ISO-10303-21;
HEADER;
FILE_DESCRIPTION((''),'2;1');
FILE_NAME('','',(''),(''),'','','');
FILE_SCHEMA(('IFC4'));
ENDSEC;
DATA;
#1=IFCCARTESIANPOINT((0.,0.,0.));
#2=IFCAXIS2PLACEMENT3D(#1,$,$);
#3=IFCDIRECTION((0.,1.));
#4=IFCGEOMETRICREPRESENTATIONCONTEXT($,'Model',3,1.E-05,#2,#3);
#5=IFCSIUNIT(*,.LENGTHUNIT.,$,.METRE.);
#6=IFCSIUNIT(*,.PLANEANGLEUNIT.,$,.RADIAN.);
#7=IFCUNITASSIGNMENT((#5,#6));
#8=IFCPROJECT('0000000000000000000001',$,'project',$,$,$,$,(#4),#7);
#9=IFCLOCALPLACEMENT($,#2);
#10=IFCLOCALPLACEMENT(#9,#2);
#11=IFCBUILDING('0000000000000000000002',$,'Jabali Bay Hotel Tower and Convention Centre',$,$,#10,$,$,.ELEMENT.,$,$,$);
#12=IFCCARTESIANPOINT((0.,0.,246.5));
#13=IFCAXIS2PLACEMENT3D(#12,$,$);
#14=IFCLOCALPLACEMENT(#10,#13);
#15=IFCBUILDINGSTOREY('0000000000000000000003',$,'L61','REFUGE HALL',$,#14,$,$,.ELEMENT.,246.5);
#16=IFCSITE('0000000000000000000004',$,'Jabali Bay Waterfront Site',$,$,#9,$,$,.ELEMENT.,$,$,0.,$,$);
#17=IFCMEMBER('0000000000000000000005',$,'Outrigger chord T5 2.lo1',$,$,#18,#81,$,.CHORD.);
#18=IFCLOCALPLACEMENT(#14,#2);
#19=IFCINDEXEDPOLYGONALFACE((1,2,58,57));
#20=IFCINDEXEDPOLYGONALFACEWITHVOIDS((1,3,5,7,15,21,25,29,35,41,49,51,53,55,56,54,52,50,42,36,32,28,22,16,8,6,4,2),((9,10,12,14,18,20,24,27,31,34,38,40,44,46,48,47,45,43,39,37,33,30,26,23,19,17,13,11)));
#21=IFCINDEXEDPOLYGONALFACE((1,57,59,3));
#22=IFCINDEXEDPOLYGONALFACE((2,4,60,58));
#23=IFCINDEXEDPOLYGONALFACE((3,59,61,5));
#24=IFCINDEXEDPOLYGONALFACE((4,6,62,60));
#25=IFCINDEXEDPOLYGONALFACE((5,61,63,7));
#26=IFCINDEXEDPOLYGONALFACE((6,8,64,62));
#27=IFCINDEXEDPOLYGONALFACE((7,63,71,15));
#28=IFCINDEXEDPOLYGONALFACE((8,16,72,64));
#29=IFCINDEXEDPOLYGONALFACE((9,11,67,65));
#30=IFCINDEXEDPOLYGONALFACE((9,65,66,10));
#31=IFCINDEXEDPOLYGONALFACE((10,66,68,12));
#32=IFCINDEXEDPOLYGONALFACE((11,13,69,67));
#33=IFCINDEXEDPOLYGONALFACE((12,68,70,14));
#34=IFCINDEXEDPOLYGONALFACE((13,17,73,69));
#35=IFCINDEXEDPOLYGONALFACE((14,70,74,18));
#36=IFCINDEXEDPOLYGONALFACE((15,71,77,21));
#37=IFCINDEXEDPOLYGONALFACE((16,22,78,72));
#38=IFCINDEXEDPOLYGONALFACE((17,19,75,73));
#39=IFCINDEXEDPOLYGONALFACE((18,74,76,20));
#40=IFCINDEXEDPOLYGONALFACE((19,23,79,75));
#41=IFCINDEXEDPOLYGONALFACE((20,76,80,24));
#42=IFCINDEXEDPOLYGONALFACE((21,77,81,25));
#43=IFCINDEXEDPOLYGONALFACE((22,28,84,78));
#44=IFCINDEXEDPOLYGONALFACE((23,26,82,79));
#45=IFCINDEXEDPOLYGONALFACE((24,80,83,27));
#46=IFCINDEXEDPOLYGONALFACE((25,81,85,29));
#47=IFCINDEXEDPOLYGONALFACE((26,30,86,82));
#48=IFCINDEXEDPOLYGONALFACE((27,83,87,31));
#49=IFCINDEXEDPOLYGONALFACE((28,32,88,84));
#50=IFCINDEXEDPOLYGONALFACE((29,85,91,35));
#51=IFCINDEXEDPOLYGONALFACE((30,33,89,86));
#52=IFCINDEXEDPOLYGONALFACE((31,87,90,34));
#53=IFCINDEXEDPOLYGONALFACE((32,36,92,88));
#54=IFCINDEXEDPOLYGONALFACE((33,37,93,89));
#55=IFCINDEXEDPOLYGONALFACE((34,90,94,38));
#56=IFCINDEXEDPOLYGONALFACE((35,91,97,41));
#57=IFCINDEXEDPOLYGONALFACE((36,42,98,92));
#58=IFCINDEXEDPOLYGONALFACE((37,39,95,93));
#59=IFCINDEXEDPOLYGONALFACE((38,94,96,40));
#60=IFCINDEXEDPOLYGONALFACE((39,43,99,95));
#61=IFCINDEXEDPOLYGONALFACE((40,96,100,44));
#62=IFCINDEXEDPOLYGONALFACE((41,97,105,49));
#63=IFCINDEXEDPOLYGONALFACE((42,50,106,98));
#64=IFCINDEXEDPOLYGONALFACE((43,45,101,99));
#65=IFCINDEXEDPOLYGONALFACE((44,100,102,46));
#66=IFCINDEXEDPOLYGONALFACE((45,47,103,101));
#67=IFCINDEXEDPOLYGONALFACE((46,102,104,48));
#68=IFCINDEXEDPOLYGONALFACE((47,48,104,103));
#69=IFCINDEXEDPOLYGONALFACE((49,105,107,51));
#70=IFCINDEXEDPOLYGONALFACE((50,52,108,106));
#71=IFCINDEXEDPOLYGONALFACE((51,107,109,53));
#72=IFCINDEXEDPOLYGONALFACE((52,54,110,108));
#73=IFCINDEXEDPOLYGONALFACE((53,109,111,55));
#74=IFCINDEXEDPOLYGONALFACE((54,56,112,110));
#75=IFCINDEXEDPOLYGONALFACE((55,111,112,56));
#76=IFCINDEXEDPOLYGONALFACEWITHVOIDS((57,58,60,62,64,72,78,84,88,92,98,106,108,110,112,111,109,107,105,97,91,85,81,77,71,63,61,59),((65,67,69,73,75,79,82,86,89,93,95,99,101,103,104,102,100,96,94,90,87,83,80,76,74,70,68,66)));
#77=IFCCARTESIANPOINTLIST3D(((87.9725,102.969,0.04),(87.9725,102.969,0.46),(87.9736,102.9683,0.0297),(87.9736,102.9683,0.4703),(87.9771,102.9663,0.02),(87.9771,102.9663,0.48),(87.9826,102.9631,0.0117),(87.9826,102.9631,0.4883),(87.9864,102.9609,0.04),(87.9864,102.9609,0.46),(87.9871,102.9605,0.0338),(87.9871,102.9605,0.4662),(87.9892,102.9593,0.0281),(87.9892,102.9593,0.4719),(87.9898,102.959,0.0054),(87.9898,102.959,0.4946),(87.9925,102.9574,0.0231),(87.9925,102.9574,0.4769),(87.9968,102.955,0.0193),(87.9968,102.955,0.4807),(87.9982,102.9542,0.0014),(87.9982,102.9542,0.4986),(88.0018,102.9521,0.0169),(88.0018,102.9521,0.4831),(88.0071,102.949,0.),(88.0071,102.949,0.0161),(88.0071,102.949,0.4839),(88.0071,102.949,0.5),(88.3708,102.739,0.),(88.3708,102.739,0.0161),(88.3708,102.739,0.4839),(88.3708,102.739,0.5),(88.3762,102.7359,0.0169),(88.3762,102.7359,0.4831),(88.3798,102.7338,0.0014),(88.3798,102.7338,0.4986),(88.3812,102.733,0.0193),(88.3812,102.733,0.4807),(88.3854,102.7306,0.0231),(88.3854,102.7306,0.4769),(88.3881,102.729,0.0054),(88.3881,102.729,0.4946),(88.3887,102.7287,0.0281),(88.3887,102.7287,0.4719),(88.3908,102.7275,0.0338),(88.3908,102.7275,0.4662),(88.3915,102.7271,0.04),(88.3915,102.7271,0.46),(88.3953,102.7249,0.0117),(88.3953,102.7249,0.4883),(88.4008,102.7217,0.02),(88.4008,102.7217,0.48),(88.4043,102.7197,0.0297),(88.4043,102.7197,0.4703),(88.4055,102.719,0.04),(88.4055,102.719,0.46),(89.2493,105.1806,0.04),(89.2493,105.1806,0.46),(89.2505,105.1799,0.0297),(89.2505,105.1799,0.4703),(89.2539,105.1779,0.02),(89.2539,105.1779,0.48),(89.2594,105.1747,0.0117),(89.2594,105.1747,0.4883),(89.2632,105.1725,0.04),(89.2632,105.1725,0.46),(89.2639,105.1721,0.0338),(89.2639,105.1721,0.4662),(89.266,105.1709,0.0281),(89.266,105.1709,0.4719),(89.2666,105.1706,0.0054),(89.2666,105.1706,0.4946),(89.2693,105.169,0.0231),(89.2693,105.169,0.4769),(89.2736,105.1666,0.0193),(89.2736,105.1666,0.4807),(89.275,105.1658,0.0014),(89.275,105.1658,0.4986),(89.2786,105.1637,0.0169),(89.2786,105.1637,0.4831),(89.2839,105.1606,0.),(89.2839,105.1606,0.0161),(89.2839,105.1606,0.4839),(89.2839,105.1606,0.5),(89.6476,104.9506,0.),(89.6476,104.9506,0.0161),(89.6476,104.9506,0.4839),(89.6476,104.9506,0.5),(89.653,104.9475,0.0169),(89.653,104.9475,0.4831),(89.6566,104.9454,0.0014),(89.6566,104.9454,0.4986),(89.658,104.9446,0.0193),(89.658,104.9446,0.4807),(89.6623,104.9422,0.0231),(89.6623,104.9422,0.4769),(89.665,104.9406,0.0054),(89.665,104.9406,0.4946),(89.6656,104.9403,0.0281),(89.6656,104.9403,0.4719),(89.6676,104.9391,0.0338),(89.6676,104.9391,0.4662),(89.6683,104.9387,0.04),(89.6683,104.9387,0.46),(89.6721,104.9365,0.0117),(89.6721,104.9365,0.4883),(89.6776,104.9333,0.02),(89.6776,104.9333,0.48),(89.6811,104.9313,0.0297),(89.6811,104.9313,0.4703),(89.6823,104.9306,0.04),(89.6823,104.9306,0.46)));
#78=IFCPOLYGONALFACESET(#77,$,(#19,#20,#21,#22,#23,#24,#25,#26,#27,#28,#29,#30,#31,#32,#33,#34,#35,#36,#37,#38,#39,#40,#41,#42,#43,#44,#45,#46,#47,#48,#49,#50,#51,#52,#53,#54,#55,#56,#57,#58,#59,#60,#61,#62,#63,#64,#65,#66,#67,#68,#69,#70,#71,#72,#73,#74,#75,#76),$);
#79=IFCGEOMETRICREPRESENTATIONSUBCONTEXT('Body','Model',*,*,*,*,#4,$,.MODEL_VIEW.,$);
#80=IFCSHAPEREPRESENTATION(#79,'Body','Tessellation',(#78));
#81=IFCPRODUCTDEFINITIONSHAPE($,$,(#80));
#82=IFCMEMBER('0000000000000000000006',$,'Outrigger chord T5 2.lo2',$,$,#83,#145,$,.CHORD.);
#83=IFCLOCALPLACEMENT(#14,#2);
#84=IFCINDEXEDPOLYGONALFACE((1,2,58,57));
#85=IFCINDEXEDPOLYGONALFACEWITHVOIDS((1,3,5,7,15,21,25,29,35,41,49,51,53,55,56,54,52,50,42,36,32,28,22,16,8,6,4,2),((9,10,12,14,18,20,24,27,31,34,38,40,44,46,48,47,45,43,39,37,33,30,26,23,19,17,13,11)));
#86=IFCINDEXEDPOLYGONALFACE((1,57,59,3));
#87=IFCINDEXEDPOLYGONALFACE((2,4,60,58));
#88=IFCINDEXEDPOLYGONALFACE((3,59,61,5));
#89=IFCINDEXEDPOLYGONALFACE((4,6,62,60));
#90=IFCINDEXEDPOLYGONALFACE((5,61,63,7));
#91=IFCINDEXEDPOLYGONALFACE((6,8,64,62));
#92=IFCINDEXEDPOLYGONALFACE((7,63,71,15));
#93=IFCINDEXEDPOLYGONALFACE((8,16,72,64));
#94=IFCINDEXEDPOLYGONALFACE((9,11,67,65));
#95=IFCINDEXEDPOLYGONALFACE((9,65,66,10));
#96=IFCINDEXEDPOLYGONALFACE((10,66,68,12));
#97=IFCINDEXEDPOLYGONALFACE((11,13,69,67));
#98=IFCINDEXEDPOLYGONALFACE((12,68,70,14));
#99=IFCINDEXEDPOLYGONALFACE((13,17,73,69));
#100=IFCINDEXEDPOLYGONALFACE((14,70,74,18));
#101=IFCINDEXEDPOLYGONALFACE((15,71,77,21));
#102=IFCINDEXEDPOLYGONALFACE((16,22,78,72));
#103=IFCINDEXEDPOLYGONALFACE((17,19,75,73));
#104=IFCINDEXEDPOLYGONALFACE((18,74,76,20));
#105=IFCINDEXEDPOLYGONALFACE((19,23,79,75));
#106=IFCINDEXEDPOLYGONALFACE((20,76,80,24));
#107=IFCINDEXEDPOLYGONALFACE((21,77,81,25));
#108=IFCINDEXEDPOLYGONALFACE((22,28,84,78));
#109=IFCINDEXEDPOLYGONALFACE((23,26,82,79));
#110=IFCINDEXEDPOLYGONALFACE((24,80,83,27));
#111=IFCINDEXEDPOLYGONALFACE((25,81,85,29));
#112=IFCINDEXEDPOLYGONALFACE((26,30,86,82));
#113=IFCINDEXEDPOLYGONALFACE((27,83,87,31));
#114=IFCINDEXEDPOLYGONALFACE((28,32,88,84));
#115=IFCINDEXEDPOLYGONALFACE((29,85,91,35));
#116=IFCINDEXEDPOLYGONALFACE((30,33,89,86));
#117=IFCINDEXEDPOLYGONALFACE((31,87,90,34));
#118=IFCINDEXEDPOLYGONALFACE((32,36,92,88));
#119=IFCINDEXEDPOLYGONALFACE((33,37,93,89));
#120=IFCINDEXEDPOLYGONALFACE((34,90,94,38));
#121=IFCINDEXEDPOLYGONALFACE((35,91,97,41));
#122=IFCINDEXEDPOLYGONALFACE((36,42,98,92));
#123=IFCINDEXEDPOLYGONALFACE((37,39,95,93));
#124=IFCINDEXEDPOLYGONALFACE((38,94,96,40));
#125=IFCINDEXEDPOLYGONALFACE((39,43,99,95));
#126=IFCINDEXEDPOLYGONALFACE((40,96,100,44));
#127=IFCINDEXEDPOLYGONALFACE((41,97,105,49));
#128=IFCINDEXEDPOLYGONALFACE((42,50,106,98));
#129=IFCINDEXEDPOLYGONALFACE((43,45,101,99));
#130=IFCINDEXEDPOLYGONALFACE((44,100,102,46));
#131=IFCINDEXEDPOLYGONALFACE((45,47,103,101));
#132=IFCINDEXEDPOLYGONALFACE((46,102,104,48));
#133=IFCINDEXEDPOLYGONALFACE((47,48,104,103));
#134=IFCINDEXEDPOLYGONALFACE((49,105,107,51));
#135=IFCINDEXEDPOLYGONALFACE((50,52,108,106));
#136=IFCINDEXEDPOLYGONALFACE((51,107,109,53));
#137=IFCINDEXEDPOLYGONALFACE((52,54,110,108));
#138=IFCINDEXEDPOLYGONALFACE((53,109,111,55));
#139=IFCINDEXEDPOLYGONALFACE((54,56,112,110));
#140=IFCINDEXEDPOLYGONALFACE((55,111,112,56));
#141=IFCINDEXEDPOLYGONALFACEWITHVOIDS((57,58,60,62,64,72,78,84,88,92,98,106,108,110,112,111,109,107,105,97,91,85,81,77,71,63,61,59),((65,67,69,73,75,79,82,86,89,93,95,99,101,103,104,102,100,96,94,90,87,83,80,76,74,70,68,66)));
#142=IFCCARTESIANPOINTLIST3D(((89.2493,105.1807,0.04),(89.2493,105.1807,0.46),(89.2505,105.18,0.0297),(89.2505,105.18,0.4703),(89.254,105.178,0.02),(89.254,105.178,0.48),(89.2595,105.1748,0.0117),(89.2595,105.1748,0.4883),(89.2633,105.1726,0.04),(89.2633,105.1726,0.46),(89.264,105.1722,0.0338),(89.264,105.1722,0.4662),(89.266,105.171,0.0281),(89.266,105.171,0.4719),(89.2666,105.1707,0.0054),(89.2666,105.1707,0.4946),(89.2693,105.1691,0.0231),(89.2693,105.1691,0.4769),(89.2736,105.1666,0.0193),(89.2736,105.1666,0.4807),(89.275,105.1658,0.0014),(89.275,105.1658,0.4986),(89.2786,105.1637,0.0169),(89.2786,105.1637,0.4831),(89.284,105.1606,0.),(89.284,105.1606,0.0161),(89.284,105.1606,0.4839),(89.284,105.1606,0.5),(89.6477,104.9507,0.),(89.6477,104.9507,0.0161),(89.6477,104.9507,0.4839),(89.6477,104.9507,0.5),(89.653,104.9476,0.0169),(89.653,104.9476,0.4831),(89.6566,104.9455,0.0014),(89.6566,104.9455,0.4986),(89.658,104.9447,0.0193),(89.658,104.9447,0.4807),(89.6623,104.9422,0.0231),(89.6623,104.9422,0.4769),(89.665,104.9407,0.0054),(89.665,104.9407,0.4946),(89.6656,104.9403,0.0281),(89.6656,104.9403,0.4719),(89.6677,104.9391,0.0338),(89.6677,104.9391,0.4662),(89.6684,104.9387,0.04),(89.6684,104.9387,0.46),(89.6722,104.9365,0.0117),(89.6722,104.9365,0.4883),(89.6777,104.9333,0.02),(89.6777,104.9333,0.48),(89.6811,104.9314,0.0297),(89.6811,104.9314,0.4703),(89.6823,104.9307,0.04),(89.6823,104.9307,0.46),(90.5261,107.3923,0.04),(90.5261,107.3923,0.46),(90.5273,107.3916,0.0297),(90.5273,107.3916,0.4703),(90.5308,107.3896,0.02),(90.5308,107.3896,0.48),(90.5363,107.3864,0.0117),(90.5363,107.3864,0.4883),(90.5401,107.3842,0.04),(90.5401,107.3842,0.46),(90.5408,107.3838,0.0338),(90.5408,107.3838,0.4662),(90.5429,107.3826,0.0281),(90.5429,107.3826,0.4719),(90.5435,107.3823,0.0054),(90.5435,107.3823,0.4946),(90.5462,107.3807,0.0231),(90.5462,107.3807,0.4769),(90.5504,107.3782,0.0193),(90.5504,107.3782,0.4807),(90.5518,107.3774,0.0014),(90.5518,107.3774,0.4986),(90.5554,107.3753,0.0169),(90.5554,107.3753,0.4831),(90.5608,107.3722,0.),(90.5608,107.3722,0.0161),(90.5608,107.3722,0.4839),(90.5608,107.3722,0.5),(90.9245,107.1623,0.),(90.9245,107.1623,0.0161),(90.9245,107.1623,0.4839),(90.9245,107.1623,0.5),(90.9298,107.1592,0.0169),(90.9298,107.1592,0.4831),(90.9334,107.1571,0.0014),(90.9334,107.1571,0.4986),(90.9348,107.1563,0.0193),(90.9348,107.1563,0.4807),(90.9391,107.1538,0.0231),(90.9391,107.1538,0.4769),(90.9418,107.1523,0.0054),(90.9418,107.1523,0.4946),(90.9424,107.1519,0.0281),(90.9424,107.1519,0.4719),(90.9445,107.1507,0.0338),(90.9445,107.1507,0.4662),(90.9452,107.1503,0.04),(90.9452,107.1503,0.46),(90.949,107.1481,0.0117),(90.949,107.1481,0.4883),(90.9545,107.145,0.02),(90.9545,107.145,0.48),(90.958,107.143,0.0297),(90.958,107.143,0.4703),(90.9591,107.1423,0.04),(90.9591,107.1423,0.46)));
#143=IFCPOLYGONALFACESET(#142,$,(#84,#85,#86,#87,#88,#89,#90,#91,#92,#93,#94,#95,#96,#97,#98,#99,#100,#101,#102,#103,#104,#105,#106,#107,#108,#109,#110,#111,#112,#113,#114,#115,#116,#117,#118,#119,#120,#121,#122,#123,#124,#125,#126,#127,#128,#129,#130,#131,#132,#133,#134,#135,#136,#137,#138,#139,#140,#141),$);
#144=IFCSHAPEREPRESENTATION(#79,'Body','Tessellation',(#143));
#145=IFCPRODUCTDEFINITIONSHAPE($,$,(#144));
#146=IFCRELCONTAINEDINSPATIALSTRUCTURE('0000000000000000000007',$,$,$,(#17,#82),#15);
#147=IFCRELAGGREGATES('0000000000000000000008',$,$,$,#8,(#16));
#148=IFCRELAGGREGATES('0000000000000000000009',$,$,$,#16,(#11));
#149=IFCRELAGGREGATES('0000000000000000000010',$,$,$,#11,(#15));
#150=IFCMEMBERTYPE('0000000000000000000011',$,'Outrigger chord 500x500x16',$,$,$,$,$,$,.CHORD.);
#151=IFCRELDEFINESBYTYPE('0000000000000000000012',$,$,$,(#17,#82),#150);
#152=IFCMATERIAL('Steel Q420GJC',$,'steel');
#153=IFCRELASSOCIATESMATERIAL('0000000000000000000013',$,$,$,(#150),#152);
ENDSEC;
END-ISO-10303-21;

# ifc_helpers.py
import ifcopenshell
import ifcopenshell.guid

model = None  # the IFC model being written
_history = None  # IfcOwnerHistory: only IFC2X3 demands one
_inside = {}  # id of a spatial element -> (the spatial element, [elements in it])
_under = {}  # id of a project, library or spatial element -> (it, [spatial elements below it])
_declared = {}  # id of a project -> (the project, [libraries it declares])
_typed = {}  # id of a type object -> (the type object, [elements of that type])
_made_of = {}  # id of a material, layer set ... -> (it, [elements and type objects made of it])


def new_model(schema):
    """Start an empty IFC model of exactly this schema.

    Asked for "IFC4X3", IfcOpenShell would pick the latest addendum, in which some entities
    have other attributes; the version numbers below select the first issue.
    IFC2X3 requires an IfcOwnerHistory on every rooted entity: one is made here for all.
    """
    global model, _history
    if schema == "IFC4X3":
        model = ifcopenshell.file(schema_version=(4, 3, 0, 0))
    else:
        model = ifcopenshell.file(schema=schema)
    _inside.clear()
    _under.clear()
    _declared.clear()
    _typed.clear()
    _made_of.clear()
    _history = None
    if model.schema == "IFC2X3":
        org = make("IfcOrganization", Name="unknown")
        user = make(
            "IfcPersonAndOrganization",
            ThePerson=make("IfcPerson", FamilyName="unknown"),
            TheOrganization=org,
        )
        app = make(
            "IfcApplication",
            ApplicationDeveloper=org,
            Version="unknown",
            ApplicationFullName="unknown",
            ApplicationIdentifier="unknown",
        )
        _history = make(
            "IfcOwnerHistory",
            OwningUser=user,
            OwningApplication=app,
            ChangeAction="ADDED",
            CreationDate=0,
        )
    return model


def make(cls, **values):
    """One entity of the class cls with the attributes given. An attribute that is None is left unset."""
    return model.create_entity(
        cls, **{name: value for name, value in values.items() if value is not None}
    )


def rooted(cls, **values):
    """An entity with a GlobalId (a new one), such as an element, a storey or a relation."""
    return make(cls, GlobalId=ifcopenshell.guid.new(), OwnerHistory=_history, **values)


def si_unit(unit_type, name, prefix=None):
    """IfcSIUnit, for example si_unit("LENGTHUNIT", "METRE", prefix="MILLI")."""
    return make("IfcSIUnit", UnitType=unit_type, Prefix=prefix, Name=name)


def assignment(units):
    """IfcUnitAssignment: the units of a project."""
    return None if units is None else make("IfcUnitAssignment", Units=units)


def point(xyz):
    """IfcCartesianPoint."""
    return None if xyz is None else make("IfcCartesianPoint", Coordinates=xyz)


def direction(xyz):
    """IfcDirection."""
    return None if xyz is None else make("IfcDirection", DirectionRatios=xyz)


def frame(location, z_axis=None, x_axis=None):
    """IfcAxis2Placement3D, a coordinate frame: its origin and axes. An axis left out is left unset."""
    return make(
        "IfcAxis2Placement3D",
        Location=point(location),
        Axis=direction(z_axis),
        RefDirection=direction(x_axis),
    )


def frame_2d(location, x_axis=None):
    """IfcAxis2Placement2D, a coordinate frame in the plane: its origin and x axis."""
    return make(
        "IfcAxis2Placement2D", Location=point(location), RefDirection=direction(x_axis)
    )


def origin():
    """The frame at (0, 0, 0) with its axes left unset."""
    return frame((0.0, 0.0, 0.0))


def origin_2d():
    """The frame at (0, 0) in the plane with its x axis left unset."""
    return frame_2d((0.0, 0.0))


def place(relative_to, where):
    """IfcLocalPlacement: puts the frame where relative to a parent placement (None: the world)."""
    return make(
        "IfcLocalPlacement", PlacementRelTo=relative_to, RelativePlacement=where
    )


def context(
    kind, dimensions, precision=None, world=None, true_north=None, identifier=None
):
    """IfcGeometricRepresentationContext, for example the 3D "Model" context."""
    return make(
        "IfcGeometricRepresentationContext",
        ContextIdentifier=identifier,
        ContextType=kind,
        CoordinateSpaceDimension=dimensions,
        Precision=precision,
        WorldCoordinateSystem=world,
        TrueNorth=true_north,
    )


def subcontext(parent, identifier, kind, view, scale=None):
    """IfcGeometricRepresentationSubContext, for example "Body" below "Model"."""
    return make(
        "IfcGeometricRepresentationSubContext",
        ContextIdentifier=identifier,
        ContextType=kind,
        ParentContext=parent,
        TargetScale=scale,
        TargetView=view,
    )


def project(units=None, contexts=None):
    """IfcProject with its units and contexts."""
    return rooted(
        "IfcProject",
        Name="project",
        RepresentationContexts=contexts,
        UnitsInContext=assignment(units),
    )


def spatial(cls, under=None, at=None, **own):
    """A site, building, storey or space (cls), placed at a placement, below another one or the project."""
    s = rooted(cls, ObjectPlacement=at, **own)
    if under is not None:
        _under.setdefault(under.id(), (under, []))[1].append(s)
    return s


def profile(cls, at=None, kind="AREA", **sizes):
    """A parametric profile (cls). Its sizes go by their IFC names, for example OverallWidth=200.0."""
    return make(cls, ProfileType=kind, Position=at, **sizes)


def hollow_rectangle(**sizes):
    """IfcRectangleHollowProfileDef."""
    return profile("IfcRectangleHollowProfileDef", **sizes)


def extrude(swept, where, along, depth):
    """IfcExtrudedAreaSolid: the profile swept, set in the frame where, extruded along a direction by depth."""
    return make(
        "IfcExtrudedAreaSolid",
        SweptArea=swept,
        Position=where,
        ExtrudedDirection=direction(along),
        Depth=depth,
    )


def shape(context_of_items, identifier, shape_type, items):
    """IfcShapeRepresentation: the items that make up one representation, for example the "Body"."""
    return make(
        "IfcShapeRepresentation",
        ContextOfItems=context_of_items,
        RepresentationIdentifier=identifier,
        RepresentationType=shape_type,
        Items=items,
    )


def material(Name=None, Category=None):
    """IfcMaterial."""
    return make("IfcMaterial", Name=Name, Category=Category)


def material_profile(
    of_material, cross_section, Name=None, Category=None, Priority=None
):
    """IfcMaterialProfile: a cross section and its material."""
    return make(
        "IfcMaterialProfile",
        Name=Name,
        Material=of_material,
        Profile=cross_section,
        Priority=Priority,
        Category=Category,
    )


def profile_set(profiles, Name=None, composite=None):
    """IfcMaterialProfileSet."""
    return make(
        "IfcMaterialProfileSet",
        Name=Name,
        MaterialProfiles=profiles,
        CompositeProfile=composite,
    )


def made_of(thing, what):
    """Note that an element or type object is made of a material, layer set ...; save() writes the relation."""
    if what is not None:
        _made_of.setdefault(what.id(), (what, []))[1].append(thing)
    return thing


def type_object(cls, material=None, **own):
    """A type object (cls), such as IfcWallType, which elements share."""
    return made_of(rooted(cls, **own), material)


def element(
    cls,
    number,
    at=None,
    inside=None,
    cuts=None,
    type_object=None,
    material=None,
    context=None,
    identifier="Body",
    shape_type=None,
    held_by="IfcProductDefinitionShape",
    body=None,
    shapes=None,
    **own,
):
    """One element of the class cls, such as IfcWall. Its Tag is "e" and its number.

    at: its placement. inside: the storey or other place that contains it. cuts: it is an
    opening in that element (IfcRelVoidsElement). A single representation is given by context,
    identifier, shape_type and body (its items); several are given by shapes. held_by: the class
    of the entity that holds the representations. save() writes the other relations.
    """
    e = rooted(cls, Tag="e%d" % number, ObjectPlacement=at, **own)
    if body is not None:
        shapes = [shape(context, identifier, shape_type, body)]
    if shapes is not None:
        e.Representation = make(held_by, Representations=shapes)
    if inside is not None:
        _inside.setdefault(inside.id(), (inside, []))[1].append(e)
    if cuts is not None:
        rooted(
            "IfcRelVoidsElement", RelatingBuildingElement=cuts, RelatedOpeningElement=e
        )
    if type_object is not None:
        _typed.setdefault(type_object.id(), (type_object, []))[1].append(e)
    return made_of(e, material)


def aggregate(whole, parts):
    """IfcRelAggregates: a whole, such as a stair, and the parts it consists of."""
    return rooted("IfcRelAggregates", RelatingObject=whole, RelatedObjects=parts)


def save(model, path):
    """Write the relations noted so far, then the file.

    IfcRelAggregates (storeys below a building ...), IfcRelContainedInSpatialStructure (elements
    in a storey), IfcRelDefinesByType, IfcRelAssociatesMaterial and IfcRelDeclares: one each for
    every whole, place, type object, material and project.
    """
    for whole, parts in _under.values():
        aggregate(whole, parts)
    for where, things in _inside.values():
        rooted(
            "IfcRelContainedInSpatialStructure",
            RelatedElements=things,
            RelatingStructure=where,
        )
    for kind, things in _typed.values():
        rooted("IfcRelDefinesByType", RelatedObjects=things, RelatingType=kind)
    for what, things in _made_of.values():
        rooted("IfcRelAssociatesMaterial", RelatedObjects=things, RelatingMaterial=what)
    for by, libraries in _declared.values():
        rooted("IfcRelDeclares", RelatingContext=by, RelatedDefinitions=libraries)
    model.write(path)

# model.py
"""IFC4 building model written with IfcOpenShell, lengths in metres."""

from ifc_helpers import new_model, si_unit, direction, frame, origin, origin_2d, place, context, subcontext, project, spatial, hollow_rectangle, extrude, material, material_profile, profile_set, type_object, element, save


model = new_model("IFC4")

# Units and contexts
model_context = context("Model", 3, precision=1e-05, world=origin(), true_north=direction((0.0, 1.0)))
body_context = subcontext(model_context, "Body", "Model", "MODEL_VIEW")
ifc_project = project(units=[si_unit("LENGTHUNIT", "METRE"), si_unit("PLANEANGLEUNIT", "RADIAN")], contexts=[model_context])

# Site, building, storey
site_placement = place(None, origin())
site = spatial("IfcSite", under=ifc_project, at=site_placement, Name="Jabali Bay Waterfront Site", CompositionType="ELEMENT", RefElevation=0.0)
building_placement = place(site_placement, origin())
building = spatial("IfcBuilding", under=site, at=building_placement, Name="Jabali Bay Hotel Tower and Convention Centre", CompositionType="ELEMENT")
storey_placement = place(building_placement, frame((0.0, 0.0, 246.5)))
storey = spatial("IfcBuildingStorey", under=building, at=storey_placement, Name="L61", Description="REFUGE HALL", CompositionType="ELEMENT", Elevation=246.5)

# Members
ifc_material_1 = material(Name="Steel Q420GJC", Category="steel")
ifc_material_profile_1 = material_profile(ifc_material_1, hollow_rectangle(XDim=0.5, YDim=0.5, WallThickness=0.0161, InnerFilletRadius=0.0239, OuterFilletRadius=0.04, at=origin_2d()), Name="Outrigger chord 500x500x16")
ifc_profile_set_1 = profile_set([ifc_material_profile_1], Name="Steel Q420GJC")
member_type_1 = type_object("IfcMemberType", Name="Outrigger chord 500x500x16", PredefinedType="CHORD", material=ifc_profile_set_1)
for number, where, z_axis, x_axis, name in (
    (1, (88.189, 102.844, 0.25), (0.499985, 0.866034, 0.0), (-0.866034, 0.499985, 0.0), "Outrigger chord T5 2.lo1"),
    (2, (89.4658, 105.0557, 0.25), (0.499985, 0.866034, 0.0), (-0.866034, 0.499985, 0.0), "Outrigger chord T5 2.lo2"),
):
    element("IfcMember", number, at=place(storey_placement, frame(where, z_axis=z_axis, x_axis=x_axis)), inside=storey, type_object=member_type_1, Name=name, PredefinedType="CHORD", context=body_context, shape_type="SweptSolid", body=[
        extrude(hollow_rectangle(XDim=0.5, YDim=0.5, WallThickness=0.0161, InnerFilletRadius=0.0239, OuterFilletRadius=0.04, at=origin_2d()), origin(), (0.0, 0.0, 1.0), 2.5537),
    ])

save(model, "model.ifc")
